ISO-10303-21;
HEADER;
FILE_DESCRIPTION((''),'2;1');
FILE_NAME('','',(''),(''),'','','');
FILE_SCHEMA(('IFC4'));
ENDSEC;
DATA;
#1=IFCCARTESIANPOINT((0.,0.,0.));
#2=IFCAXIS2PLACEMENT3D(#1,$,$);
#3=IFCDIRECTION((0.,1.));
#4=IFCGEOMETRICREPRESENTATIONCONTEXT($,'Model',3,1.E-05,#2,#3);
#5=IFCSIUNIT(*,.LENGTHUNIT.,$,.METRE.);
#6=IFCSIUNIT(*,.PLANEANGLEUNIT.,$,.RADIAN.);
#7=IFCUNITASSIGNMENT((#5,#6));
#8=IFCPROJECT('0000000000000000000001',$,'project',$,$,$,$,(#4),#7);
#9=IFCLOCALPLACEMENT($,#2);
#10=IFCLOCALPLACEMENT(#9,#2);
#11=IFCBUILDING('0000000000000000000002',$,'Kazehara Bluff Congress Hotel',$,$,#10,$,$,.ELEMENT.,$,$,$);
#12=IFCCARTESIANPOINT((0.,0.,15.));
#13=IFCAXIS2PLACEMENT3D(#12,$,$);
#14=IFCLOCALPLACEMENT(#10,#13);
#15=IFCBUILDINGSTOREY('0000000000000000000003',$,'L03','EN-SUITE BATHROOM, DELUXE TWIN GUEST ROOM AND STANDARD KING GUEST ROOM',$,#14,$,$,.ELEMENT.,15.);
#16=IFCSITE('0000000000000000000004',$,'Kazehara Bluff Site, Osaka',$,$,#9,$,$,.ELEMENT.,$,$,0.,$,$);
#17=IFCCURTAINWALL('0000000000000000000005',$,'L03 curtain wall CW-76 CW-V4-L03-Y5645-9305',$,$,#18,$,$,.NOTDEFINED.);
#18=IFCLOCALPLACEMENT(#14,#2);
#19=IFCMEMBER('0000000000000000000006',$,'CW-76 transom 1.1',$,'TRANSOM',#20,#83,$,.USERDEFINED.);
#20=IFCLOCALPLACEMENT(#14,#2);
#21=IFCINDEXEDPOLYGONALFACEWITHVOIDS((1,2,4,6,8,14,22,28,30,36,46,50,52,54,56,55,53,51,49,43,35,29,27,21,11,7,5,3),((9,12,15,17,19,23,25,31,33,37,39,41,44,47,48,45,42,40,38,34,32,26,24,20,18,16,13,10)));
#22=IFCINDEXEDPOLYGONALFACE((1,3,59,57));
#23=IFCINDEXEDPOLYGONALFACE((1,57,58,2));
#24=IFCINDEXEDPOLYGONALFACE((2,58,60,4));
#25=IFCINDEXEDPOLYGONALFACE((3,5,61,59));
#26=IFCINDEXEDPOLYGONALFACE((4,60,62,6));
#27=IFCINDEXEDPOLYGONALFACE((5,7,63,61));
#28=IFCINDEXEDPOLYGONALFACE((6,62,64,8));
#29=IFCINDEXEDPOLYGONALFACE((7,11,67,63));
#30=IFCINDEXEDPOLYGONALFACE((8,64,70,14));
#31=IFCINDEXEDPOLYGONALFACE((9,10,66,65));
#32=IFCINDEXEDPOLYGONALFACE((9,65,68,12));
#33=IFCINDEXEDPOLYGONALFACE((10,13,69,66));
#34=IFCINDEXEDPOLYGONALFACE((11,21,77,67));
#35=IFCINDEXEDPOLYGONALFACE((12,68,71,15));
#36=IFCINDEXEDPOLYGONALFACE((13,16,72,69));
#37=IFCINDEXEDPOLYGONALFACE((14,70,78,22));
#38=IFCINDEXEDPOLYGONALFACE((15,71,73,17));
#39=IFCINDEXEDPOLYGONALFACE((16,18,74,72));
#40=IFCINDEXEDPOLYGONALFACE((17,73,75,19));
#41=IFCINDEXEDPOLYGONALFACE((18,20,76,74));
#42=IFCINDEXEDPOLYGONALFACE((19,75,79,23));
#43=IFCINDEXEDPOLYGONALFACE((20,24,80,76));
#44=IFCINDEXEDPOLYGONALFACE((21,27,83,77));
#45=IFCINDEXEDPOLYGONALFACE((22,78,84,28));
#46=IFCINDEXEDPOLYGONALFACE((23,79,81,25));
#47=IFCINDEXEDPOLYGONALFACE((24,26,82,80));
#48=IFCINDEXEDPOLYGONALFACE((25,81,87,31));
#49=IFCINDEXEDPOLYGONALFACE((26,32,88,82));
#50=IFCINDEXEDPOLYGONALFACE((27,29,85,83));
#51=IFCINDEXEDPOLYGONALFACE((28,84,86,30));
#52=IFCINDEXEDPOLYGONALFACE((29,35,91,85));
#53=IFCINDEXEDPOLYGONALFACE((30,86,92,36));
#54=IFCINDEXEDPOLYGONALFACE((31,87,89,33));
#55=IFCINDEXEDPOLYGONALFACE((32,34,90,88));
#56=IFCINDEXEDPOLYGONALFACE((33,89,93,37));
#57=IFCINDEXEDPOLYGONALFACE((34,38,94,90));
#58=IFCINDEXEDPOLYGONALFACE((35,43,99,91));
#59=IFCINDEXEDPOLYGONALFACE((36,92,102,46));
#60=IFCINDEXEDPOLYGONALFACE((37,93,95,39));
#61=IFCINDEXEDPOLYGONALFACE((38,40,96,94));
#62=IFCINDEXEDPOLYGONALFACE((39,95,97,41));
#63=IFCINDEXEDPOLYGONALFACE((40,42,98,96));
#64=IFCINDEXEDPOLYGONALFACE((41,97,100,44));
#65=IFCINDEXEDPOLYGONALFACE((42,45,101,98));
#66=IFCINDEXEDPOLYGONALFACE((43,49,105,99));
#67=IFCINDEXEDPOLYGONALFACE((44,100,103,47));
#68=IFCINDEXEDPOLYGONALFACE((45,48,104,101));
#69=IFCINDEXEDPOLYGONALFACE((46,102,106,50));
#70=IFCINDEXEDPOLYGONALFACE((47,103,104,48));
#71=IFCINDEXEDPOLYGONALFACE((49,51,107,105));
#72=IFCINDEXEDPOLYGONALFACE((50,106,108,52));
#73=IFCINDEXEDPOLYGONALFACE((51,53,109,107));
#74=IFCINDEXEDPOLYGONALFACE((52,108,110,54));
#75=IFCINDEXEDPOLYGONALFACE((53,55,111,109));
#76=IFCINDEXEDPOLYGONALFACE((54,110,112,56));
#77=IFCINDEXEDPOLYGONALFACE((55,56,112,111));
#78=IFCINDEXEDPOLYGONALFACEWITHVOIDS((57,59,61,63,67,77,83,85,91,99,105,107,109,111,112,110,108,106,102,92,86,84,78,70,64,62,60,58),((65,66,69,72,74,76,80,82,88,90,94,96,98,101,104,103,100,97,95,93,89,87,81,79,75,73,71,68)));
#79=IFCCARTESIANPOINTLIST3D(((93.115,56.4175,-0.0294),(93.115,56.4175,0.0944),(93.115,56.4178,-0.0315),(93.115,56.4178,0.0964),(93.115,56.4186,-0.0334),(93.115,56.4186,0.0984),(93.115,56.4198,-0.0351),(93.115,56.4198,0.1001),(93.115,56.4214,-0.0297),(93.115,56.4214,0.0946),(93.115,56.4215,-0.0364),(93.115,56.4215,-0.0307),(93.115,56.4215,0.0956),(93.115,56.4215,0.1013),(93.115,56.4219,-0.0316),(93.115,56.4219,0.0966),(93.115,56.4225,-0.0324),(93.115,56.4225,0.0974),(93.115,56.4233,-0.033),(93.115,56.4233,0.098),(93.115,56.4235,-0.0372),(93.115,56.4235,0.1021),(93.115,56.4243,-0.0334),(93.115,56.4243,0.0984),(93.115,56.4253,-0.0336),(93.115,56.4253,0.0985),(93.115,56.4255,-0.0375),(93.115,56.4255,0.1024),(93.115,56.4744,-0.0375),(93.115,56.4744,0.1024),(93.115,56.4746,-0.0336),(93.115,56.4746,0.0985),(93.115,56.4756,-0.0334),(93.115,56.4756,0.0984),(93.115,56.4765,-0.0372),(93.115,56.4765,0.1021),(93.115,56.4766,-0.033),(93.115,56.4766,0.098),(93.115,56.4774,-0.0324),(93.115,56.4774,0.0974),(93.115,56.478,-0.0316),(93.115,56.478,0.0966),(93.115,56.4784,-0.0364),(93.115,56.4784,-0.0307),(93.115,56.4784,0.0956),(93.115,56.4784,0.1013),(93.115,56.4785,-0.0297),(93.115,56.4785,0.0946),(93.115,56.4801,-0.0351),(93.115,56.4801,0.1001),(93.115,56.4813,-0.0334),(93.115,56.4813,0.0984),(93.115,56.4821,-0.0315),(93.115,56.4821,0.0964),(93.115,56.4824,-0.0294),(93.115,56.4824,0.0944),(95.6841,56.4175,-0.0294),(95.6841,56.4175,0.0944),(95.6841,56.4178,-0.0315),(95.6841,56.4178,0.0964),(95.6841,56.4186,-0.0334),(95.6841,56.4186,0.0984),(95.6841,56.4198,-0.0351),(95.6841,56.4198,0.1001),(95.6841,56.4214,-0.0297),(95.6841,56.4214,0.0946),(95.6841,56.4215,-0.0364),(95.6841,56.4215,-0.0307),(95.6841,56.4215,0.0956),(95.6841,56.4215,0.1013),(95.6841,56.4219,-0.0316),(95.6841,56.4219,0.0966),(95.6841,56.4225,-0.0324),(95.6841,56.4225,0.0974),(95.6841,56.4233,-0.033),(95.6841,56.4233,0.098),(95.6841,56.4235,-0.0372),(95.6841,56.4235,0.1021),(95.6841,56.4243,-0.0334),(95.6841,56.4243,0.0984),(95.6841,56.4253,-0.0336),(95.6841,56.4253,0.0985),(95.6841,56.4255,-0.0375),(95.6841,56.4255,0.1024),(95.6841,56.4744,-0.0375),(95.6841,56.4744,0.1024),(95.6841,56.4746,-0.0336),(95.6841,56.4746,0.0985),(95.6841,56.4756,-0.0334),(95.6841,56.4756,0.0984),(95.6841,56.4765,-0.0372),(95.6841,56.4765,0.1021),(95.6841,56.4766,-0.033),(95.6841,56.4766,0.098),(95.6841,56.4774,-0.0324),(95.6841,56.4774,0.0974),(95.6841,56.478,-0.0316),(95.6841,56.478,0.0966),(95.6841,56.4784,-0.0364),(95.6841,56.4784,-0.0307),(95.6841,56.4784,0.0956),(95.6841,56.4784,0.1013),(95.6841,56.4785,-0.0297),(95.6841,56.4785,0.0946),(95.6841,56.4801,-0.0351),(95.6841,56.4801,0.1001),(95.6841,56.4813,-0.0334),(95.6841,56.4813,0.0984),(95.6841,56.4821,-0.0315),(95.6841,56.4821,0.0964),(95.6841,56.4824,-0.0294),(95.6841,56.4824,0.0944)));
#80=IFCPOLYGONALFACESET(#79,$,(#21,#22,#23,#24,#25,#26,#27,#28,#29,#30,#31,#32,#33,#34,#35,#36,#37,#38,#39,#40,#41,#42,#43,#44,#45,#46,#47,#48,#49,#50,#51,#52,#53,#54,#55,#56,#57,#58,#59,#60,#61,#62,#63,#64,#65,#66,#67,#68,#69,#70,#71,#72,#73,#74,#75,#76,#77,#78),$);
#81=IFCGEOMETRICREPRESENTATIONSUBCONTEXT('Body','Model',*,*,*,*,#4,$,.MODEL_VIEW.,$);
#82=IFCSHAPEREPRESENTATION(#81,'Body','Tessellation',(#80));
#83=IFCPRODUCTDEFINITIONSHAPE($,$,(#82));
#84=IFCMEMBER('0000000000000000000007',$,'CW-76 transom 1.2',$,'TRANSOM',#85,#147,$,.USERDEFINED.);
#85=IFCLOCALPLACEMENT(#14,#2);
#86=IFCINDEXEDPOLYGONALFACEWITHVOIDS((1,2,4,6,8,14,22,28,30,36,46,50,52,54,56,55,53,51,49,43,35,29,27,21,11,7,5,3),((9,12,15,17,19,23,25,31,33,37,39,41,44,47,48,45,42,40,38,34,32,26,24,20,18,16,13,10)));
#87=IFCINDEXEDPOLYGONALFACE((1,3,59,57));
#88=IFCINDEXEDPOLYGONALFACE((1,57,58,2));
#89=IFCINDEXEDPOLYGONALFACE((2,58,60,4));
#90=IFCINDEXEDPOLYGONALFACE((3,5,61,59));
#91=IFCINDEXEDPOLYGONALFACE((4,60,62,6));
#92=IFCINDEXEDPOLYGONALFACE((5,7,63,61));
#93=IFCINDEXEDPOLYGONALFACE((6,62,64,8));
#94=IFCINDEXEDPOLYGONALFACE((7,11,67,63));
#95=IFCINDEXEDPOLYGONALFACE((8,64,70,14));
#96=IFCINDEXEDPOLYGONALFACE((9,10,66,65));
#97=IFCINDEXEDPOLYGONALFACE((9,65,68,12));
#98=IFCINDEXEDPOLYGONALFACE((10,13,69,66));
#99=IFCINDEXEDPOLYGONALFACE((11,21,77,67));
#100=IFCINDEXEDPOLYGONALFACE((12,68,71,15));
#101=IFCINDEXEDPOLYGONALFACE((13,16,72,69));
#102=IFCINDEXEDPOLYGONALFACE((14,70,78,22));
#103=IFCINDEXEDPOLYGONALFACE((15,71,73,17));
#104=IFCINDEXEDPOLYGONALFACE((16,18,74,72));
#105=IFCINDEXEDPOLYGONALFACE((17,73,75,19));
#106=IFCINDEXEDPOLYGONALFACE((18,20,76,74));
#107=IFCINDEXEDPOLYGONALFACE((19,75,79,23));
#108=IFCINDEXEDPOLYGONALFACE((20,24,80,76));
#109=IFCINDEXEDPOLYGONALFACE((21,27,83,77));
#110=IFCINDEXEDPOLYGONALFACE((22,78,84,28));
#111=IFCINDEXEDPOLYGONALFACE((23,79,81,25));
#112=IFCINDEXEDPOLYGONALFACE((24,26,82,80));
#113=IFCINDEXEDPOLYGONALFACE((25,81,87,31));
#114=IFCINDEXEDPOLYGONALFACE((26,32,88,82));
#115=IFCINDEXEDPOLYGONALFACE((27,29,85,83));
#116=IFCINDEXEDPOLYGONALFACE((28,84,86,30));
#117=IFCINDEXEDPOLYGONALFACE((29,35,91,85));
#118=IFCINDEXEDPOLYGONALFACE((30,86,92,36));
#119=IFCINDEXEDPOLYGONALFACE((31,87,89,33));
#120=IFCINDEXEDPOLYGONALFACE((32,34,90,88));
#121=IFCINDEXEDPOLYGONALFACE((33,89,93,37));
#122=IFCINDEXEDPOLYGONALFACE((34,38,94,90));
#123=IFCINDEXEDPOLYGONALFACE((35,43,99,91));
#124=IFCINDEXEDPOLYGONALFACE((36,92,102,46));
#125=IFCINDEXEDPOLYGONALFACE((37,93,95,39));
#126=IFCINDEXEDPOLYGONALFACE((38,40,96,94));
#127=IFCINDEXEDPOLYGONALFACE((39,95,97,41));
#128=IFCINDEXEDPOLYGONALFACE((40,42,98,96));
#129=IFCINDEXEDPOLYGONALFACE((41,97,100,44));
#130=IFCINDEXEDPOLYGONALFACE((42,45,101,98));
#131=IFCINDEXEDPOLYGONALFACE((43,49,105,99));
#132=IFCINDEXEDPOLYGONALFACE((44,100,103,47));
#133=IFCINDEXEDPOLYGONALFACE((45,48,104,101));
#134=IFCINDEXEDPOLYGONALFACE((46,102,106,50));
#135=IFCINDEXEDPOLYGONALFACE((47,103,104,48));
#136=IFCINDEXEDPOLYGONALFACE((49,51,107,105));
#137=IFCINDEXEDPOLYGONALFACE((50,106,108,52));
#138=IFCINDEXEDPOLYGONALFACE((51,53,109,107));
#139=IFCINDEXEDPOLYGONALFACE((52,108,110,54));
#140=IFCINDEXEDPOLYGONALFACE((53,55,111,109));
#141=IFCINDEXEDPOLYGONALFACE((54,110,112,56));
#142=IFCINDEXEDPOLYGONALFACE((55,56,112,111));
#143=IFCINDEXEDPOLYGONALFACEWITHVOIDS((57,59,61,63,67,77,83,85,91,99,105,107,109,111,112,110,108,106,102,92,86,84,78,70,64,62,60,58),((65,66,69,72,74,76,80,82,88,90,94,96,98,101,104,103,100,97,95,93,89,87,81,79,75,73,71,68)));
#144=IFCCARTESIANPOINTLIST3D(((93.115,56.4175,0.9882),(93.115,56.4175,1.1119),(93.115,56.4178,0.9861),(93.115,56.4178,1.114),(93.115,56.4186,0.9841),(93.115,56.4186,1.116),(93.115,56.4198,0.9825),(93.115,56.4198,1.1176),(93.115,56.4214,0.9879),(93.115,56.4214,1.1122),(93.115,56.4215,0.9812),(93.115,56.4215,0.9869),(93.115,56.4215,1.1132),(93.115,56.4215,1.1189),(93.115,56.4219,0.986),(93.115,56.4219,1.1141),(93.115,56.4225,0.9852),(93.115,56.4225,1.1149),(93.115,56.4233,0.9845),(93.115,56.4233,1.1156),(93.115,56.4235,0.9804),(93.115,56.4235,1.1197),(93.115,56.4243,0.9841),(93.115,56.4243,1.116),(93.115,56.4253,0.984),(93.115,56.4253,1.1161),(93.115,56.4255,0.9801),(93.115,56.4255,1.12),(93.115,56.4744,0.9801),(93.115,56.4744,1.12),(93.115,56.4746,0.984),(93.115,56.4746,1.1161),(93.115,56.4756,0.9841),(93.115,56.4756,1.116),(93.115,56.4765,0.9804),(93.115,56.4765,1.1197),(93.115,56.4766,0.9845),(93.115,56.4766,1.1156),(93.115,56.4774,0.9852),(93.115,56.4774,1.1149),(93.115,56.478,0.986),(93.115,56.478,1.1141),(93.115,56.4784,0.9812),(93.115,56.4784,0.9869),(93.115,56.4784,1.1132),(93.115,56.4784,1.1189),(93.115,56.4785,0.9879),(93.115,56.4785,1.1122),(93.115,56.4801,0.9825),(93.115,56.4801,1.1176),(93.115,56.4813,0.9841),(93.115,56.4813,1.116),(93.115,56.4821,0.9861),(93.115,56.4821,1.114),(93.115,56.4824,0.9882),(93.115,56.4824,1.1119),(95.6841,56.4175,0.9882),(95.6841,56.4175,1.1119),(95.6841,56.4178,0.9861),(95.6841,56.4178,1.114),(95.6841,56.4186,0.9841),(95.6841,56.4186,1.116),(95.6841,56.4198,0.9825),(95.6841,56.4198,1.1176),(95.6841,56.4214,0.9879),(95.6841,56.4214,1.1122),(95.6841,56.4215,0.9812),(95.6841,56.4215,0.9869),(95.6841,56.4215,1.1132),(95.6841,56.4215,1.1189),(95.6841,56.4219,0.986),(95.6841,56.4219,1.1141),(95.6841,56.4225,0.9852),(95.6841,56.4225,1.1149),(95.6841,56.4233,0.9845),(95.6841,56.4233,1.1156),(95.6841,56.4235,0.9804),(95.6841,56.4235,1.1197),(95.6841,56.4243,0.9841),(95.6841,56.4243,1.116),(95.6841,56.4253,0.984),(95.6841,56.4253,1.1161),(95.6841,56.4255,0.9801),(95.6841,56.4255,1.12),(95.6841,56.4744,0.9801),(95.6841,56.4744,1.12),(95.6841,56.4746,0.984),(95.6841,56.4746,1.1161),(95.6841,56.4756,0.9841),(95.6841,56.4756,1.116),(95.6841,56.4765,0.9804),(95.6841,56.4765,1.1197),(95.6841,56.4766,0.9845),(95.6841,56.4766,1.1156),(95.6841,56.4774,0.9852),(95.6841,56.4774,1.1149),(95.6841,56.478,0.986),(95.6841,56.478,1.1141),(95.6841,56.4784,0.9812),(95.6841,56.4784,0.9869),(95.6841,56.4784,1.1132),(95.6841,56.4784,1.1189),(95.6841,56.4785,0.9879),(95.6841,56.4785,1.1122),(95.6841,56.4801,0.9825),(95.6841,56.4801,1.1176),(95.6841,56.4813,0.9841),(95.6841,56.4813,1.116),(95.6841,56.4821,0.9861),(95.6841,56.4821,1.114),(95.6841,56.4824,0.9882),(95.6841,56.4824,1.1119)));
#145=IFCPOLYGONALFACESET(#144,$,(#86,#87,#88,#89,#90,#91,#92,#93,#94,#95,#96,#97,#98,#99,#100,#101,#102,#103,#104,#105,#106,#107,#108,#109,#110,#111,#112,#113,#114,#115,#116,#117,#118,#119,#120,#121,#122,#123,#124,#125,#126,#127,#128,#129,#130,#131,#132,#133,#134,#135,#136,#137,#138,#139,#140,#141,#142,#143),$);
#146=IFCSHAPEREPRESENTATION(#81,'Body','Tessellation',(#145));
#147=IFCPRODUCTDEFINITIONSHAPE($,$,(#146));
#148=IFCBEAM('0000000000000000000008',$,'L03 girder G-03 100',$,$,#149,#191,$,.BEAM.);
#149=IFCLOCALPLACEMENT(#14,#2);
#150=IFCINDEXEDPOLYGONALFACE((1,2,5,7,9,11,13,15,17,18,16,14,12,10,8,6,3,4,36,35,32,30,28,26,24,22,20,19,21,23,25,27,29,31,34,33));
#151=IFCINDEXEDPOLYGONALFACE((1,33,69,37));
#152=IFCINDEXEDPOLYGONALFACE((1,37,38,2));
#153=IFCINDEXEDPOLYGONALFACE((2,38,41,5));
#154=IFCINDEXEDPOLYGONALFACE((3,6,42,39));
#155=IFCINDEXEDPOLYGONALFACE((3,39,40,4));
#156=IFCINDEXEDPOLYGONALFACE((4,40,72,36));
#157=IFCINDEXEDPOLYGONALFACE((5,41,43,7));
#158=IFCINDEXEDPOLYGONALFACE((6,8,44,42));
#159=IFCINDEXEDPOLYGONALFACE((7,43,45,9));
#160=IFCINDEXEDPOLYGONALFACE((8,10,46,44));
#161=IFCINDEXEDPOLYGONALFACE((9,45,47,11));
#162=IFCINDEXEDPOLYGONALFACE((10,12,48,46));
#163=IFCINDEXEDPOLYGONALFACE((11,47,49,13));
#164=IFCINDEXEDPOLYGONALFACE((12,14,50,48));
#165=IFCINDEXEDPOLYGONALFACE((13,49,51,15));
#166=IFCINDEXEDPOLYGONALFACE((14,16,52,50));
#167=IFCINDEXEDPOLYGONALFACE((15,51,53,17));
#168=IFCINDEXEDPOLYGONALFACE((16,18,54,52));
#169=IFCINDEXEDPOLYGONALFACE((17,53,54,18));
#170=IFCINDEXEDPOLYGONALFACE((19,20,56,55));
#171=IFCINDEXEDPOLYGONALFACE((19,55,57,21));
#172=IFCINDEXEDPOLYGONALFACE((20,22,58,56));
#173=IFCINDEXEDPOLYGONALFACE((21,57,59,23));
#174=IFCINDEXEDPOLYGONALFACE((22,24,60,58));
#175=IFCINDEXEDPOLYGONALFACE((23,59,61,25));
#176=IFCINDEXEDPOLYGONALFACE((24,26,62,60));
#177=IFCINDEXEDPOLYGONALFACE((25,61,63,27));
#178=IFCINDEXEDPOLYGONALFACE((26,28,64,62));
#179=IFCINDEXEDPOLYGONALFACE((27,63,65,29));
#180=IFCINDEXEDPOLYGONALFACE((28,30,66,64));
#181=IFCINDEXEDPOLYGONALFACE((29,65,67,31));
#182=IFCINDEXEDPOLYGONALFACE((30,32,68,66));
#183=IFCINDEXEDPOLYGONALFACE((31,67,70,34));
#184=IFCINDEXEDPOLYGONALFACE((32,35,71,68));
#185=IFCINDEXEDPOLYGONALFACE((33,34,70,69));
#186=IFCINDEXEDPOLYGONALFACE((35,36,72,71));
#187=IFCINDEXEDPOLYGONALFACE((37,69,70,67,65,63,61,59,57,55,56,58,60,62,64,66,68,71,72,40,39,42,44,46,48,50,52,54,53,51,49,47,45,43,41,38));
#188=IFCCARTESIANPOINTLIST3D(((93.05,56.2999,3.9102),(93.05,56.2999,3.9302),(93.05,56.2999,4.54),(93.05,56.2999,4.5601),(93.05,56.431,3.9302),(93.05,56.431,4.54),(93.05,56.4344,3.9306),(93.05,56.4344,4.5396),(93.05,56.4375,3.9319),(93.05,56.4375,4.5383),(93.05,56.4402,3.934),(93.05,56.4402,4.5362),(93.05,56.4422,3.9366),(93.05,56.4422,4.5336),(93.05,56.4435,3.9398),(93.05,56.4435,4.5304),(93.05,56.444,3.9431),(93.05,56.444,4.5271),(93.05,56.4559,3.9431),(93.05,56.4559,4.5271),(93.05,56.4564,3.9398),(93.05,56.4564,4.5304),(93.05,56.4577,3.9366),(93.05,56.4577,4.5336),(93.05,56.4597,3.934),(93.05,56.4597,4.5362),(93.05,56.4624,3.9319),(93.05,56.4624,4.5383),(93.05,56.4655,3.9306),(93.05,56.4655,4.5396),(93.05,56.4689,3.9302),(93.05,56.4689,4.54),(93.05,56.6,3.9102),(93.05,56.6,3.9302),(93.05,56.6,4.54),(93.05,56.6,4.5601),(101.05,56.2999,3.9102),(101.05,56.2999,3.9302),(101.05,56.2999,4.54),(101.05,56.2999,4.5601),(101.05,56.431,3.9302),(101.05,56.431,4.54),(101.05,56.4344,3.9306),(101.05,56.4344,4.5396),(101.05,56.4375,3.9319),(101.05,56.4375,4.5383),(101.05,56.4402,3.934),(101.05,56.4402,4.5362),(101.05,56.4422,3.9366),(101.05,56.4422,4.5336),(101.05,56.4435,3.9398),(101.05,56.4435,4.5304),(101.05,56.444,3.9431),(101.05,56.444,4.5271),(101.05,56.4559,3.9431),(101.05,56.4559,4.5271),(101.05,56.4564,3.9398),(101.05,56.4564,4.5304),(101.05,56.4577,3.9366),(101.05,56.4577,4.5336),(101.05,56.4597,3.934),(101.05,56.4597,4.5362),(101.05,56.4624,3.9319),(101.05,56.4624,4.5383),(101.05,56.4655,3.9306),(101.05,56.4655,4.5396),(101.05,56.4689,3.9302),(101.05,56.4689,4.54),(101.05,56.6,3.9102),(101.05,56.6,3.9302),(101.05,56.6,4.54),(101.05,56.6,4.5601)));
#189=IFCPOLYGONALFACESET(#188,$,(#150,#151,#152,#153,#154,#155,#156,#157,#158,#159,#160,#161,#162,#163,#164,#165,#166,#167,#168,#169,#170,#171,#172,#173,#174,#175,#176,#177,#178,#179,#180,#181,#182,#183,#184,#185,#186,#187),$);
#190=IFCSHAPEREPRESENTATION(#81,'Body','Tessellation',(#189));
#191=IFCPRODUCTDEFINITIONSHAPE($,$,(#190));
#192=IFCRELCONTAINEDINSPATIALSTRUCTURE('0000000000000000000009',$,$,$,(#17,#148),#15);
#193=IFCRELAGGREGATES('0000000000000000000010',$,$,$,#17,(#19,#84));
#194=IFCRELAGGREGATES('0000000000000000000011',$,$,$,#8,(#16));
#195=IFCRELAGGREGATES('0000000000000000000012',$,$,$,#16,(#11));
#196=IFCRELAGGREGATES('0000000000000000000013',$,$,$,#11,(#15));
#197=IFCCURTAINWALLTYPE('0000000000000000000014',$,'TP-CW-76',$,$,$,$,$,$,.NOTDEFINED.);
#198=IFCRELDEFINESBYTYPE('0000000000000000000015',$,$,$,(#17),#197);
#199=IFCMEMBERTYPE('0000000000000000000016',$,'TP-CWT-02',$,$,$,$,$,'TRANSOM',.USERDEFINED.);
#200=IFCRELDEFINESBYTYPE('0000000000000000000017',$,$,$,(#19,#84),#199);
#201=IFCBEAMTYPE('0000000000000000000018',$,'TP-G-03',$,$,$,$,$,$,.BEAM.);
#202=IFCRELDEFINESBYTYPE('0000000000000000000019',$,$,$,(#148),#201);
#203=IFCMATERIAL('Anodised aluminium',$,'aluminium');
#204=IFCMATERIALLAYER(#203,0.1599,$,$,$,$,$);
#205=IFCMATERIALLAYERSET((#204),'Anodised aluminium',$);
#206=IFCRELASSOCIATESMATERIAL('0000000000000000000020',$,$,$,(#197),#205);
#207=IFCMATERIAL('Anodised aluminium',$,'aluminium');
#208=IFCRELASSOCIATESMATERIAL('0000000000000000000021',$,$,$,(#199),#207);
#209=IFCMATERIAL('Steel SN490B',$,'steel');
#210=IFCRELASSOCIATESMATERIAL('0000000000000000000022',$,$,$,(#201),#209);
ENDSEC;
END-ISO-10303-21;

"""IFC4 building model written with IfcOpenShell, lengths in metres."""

from ifc_helpers import new_model, si_unit, direction, frame, origin, origin_2d, place, context, subcontext, project, spatial, hollow_rectangle, i_section, extrude, material, layer, layer_set, material_profile, profile_set, type_object, element, aggregate, save


model = new_model("IFC4")

# Units and contexts
model_context = context("Model", 3, precision=1e-05, world=origin(), true_north=direction((0.0, 1.0)))
body_context = subcontext(model_context, "Body", "Model", "MODEL_VIEW")
ifc_project = project(units=[si_unit("LENGTHUNIT", "METRE"), si_unit("PLANEANGLEUNIT", "RADIAN")], contexts=[model_context])

# Site, building, storey
site_placement = place(None, origin())
site = spatial("IfcSite", under=ifc_project, at=site_placement, Name="Kazehara Bluff Site, Osaka", CompositionType="ELEMENT", RefElevation=0.0)
building_placement = place(site_placement, origin())
building = spatial("IfcBuilding", under=site, at=building_placement, Name="Kazehara Bluff Congress Hotel", CompositionType="ELEMENT")
storey_placement = place(building_placement, frame((0.0, 0.0, 15.0)))
storey = spatial("IfcBuildingStorey", under=building, at=storey_placement, Name="L03", Description="EN-SUITE BATHROOM, DELUXE TWIN GUEST ROOM AND STANDARD KING GUEST ROOM", CompositionType="ELEMENT", Elevation=15.0)

# Curtain wall
ifc_material_1 = material(Name="Anodised aluminium", Category="aluminium")
ifc_layer_1 = layer(ifc_material_1, 0.1599)
ifc_layer_set_1 = layer_set([ifc_layer_1], Name="Anodised aluminium")
curtain_wall_type_1 = type_object("IfcCurtainWallType", Name="TP-CW-76", PredefinedType="NOTDEFINED", material=ifc_layer_set_1)
curtain_wall_1_placement = place(storey_placement, origin())
curtain_wall_1 = element("IfcCurtainWall", 1, at=curtain_wall_1_placement, inside=storey, type_object=curtain_wall_type_1, Name="L03 curtain wall CW-76 CW-V4-L03-Y5645-9305", PredefinedType="NOTDEFINED")

# Members
ifc_material_2 = material(Name="Anodised aluminium", Category="aluminium")
ifc_material_profile_1 = material_profile(ifc_material_2, hollow_rectangle(XDim=0.0649, YDim=0.1399, WallThickness=0.0039, InnerFilletRadius=0.0039, OuterFilletRadius=0.0081, at=origin_2d()))
ifc_profile_set_1 = profile_set([ifc_material_profile_1], Name="Anodised aluminium")
member_type_1 = type_object("IfcMemberType", Name="TP-CWT-02", ElementType="TRANSOM", PredefinedType="USERDEFINED", material=ifc_profile_set_1)
member_1_placement = place(storey_placement, frame((93.115, 56.45, 0.0325), z_axis=(1.0, 0.0, 0.0), x_axis=(0.0, 1.0, 0.0)))
member_1 = element("IfcMember", 2, at=member_1_placement, type_object=member_type_1, Name="CW-76 transom 1.1", ObjectType="TRANSOM", PredefinedType="USERDEFINED", context=body_context, shape_type="SweptSolid", body=[
    extrude(hollow_rectangle(XDim=0.0649, YDim=0.1399, WallThickness=0.0039, InnerFilletRadius=0.0039, OuterFilletRadius=0.0081, at=origin_2d()), origin(), (0.0, 0.0, 1.0), 2.5691),
])
member_2_placement = place(storey_placement, frame((93.115, 56.45, 1.05), z_axis=(1.0, 0.0, 0.0), x_axis=(0.0, 1.0, 0.0)))
member_2 = element("IfcMember", 3, at=member_2_placement, type_object=member_type_1, Name="CW-76 transom 1.2", ObjectType="TRANSOM", PredefinedType="USERDEFINED", context=body_context, shape_type="SweptSolid", body=[
    extrude(hollow_rectangle(XDim=0.0649, YDim=0.1399, WallThickness=0.0039, InnerFilletRadius=0.0039, OuterFilletRadius=0.0081, at=origin_2d()), origin(), (0.0, 0.0, 1.0), 2.5691),
])
aggregate(curtain_wall_1, [member_1, member_2])

# Beam
ifc_material_3 = material(Name="Steel SN490B", Category="steel")
ifc_material_profile_2 = material_profile(ifc_material_3, i_section(OverallWidth=0.3, OverallDepth=0.6499, WebThickness=0.012, FlangeThickness=0.02, FilletRadius=0.0129, at=origin_2d()))
ifc_profile_set_2 = profile_set([ifc_material_profile_2], Name="Steel SN490B")
beam_type = type_object("IfcBeamType", Name="TP-G-03", PredefinedType="BEAM", material=ifc_profile_set_2)
beam_placement = place(storey_placement, frame((93.05, 56.45, 4.2351), z_axis=(1.0, 0.0, 0.0), x_axis=(0.0, 1.0, 0.0)))
element("IfcBeam", 4, at=beam_placement, inside=storey, type_object=beam_type, Name="L03 girder G-03 100", PredefinedType="BEAM", context=body_context, shape_type="SweptSolid", body=[
    extrude(i_section(OverallWidth=0.3, OverallDepth=0.6499, WebThickness=0.012, FlangeThickness=0.02, FilletRadius=0.0129, at=origin_2d()), origin(), (0.0, 0.0, 1.0), 8.0),
])

save(model, "model.ifc")
